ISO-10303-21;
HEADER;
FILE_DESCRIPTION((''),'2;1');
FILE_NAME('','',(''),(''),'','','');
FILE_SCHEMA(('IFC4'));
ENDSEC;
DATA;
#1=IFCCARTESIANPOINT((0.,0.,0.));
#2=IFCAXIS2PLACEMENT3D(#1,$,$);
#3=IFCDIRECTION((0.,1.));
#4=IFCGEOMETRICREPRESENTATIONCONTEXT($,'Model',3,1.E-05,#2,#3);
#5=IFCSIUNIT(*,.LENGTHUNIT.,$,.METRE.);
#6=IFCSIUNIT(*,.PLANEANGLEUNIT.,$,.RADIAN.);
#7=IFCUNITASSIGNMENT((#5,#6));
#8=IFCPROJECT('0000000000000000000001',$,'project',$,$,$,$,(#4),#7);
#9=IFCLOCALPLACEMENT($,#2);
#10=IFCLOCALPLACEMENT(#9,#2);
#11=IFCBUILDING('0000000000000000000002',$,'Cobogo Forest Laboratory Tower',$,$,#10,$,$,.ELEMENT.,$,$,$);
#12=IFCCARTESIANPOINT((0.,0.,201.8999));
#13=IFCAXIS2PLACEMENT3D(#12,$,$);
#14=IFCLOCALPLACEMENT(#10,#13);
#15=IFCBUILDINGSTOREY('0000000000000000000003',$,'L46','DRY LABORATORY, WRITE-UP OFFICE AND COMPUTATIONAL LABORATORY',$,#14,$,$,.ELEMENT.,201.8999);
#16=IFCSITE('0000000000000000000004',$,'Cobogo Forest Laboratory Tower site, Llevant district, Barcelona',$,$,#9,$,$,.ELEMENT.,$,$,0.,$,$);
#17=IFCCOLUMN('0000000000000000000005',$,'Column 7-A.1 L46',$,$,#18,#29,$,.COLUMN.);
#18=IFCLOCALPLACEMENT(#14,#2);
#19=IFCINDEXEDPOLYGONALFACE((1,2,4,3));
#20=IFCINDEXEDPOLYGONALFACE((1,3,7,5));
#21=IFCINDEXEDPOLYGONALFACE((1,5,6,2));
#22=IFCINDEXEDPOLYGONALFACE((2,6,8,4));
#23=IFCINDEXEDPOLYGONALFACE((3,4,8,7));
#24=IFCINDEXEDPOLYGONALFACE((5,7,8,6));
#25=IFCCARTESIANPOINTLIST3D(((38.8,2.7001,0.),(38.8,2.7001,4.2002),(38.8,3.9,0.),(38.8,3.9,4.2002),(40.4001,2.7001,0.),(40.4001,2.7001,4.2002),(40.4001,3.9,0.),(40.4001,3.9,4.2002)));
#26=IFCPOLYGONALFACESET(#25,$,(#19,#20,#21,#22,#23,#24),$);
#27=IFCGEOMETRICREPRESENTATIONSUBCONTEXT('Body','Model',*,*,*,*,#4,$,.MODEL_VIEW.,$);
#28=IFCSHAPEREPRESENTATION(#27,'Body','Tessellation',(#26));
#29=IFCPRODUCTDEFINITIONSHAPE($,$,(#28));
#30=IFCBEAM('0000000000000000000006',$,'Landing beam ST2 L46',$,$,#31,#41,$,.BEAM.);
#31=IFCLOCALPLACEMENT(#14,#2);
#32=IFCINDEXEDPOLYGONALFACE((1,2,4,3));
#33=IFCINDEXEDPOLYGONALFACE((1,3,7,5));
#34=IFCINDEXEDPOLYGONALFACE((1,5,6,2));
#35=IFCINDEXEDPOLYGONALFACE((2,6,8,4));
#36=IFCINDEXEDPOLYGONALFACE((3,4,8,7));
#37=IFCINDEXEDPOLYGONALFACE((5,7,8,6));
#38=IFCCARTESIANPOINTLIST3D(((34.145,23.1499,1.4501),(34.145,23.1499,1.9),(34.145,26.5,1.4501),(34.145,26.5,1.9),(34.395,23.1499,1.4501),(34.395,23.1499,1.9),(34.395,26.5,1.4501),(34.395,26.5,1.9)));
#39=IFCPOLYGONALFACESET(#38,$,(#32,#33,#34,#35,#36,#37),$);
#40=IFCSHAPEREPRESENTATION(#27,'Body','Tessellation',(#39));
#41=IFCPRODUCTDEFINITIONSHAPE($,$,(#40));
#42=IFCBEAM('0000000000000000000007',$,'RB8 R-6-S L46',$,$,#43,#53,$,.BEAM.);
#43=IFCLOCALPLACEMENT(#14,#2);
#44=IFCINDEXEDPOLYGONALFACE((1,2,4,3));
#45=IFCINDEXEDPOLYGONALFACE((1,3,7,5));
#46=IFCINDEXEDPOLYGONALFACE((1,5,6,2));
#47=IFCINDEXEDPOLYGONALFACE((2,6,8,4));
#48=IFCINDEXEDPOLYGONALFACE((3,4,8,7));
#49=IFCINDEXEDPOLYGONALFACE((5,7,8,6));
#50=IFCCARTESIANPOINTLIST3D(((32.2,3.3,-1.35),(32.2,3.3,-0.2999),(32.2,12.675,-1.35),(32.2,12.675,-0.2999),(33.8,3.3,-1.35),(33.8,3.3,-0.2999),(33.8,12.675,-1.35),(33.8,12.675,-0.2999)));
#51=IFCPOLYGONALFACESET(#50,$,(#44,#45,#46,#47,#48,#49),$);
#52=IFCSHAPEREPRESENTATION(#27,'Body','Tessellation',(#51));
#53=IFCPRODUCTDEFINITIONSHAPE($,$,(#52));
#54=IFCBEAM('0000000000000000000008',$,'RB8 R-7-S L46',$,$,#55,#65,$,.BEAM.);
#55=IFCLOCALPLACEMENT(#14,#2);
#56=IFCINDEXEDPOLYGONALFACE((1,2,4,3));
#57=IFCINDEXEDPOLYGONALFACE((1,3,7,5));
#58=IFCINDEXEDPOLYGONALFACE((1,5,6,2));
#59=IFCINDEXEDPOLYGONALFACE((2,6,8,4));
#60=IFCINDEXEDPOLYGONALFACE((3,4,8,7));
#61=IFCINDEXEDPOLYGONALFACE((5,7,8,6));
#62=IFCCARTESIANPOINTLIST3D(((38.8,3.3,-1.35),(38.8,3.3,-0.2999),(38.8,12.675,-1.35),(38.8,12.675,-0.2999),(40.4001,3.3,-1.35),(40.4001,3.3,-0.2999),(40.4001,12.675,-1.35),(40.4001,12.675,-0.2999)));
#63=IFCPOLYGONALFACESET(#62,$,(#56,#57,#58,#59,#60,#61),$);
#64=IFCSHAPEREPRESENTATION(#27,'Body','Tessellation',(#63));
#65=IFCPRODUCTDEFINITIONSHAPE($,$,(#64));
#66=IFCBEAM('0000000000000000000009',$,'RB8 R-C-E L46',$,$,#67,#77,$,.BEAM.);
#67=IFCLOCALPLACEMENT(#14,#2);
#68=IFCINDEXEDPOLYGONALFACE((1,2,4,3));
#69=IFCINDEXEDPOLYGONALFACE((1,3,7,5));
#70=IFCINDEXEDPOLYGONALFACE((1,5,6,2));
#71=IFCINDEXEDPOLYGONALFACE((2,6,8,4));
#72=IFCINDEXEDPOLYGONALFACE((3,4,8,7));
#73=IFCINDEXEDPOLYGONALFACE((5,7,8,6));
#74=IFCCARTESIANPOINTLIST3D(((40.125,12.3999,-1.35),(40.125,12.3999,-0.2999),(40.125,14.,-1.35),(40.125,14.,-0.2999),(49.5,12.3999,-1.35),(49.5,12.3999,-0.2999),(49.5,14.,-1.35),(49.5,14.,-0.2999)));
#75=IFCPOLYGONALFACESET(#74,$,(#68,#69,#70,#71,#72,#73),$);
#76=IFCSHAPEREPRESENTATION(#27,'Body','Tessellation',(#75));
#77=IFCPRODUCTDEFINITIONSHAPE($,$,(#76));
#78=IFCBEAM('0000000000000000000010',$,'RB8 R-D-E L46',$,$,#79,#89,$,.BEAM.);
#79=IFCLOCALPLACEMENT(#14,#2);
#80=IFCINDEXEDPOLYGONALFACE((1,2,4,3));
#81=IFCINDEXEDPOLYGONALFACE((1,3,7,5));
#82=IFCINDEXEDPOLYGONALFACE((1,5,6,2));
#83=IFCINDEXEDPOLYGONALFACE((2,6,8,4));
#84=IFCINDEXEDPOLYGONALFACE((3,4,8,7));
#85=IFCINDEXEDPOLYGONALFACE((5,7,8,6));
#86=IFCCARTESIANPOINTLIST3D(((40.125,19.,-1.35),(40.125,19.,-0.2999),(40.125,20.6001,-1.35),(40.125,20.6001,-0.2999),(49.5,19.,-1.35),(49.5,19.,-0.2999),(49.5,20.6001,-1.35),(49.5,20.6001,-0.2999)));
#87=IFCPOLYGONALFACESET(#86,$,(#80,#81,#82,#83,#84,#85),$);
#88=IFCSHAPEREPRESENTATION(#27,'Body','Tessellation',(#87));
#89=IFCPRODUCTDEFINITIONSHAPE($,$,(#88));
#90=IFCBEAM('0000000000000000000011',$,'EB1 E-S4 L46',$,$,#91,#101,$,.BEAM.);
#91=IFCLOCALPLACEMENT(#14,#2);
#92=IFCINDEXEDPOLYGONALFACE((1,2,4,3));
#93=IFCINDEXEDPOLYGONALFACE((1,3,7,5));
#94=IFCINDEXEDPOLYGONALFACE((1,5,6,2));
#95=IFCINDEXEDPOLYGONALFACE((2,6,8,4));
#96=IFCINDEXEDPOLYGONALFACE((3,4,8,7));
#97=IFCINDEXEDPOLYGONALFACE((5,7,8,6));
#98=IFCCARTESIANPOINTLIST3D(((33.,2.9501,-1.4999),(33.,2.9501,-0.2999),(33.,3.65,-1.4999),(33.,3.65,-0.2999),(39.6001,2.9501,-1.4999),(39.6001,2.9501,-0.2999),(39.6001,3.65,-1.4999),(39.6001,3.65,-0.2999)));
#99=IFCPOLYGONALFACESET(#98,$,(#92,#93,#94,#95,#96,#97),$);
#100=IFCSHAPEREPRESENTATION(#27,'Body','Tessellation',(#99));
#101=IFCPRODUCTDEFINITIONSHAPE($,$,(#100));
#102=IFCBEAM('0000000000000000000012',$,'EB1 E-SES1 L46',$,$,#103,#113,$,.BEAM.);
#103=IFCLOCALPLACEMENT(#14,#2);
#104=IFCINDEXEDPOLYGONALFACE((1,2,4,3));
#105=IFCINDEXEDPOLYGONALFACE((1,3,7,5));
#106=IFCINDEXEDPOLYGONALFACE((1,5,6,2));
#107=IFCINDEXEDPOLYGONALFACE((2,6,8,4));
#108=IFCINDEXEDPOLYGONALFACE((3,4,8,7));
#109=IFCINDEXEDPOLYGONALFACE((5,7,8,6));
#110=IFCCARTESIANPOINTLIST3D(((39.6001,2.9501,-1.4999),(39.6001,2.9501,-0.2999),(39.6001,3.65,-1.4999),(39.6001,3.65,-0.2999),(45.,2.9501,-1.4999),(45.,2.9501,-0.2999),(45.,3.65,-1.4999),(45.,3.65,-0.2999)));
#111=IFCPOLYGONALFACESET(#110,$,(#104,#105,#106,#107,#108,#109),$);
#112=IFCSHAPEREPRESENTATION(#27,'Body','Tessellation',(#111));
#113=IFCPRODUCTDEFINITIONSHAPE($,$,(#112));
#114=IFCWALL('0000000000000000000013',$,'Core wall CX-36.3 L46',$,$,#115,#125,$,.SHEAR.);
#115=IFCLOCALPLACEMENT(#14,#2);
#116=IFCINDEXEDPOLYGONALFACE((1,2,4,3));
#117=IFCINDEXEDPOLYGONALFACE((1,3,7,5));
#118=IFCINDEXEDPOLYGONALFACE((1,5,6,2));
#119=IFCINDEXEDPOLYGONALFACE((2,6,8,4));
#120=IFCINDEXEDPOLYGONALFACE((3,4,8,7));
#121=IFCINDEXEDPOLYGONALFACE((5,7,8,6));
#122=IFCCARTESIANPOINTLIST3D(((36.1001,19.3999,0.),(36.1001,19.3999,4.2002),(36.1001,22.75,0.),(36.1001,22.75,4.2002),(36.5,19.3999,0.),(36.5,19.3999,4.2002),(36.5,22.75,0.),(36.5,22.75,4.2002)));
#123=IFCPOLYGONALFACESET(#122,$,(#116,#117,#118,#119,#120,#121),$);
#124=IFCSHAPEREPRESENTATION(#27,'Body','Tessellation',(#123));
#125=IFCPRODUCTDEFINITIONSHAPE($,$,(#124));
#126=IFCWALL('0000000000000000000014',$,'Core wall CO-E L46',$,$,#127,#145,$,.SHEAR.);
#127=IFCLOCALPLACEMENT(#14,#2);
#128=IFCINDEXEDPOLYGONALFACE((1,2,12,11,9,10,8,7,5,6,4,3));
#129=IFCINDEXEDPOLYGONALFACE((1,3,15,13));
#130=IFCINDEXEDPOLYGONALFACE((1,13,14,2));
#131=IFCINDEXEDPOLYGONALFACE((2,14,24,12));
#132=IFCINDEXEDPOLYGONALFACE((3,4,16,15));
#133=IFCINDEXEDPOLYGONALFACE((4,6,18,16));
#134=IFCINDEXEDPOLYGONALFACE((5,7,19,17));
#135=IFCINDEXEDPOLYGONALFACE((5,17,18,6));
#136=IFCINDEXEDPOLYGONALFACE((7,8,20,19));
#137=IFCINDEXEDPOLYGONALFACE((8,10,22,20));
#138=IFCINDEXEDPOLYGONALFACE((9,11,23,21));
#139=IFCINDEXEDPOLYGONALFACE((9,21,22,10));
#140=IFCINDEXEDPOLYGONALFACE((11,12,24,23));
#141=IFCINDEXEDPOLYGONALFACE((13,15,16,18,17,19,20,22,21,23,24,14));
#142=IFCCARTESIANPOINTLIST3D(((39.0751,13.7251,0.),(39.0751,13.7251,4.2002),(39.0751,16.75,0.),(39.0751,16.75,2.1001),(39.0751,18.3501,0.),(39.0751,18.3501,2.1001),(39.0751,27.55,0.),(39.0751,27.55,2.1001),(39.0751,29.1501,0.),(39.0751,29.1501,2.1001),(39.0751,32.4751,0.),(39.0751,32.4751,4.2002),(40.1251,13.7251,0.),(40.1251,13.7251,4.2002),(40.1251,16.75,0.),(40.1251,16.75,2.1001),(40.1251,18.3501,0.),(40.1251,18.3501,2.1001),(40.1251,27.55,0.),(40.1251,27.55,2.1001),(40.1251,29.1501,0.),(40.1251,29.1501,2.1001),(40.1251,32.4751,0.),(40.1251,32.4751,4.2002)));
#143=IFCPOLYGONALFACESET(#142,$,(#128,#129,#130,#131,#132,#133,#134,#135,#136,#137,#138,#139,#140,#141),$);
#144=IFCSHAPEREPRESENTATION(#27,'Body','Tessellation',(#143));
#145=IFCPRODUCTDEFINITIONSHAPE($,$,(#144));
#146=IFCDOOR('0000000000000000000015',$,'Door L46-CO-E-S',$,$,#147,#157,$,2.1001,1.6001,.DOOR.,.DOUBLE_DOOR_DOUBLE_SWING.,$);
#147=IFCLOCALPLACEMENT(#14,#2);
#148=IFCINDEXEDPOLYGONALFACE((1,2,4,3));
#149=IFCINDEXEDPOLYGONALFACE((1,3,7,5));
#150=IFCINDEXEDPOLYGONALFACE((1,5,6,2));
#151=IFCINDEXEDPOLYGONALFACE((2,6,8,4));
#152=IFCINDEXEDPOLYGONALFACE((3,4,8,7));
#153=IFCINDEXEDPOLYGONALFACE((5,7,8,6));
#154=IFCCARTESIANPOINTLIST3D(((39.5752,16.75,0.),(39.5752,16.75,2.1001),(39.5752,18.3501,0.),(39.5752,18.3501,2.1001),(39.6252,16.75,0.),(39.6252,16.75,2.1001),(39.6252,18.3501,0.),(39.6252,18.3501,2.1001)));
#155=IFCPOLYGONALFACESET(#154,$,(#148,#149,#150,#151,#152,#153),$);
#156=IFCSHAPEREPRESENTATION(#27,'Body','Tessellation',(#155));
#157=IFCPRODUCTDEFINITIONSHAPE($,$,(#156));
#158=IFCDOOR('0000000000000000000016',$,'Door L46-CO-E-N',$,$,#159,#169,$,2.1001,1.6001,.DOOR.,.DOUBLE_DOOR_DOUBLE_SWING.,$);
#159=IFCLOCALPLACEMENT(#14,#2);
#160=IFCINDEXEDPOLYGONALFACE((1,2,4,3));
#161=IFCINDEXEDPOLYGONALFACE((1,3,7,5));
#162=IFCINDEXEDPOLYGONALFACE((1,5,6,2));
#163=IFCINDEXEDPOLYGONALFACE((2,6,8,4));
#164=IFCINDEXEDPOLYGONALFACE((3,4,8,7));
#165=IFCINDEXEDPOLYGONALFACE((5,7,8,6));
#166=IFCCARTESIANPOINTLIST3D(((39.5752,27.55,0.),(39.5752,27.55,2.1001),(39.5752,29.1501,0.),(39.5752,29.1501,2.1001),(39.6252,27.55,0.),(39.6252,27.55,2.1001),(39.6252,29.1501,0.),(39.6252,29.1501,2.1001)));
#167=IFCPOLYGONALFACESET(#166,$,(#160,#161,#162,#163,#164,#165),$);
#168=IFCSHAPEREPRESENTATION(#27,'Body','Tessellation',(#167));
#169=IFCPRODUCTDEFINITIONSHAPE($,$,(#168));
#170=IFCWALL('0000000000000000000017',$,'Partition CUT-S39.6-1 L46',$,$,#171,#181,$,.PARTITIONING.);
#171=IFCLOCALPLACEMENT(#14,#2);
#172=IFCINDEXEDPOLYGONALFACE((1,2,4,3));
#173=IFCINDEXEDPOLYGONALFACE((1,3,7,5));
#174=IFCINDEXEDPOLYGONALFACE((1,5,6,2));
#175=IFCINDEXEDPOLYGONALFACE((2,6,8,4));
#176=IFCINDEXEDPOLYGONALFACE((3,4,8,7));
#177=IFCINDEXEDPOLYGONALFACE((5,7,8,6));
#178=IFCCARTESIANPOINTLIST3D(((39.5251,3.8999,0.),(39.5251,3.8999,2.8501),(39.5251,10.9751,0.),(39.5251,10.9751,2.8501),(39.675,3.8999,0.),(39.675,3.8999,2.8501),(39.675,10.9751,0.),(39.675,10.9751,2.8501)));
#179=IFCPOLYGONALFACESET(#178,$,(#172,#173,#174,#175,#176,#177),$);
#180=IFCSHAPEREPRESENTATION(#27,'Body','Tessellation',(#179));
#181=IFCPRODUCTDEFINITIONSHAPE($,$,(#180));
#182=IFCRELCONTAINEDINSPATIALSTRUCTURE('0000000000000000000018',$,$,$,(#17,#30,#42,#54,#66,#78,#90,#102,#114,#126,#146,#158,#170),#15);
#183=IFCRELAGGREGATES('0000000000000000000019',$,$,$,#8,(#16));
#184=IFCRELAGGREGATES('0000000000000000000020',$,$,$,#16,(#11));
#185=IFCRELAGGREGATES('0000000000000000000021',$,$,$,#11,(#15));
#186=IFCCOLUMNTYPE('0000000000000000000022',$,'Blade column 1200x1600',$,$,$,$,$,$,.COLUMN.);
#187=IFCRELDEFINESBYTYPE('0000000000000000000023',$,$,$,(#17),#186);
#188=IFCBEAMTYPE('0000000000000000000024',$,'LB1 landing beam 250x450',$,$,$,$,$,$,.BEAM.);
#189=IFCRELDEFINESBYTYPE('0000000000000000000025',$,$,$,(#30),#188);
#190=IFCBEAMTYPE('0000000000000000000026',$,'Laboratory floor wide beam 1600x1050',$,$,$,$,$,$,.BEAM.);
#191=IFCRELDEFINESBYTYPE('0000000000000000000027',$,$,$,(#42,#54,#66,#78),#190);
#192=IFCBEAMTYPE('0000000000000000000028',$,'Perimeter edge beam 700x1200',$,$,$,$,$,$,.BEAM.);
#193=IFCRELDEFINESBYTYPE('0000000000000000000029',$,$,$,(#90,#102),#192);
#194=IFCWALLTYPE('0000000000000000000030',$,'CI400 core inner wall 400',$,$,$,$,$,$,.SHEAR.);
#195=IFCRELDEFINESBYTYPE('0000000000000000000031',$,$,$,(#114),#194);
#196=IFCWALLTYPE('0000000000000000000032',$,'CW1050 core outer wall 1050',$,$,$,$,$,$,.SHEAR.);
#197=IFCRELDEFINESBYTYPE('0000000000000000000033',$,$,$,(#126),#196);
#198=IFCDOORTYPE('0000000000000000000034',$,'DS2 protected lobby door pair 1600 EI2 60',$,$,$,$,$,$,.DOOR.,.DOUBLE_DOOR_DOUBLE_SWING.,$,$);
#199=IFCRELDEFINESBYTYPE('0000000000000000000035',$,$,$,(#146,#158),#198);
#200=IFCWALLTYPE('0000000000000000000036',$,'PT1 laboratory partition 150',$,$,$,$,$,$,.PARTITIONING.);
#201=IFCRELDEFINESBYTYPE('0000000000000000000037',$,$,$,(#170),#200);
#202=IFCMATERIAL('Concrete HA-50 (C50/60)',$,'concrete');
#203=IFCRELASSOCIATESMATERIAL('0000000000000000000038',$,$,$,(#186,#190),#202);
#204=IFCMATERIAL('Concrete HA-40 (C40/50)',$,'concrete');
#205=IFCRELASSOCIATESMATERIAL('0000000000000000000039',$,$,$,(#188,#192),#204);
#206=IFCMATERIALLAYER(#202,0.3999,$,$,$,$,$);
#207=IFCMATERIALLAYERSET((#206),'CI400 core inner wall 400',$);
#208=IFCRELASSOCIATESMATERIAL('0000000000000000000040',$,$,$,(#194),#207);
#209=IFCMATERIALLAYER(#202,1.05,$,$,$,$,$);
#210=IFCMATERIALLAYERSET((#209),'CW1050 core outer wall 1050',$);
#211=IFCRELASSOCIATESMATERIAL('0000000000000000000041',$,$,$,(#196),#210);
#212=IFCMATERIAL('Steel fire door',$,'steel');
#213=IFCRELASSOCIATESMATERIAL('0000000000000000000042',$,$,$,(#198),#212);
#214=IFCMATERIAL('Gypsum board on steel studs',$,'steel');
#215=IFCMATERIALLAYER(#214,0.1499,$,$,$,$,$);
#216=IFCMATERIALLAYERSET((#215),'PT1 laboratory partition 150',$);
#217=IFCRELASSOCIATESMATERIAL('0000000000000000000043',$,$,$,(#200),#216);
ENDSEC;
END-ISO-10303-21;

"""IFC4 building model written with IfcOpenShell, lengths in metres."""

from ifc_helpers import new_model, si_unit, direction, frame, frame_2d, origin, origin_2d, place, context, subcontext, project, spatial, rectangle, extrude, material, layer, layer_set, material_profile, profile_set, type_object, element, fill, save


model = new_model("IFC4")

# Units and contexts
model_context = context("Model", 3, precision=1e-05, world=origin(), true_north=direction((0.0, 1.0)))
body_context = subcontext(model_context, "Body", "Model", "MODEL_VIEW")
ifc_project = project(units=[si_unit("LENGTHUNIT", "METRE"), si_unit("PLANEANGLEUNIT", "RADIAN")], contexts=[model_context])

# Site, building, storey
site_placement = place(None, origin())
site = spatial("IfcSite", under=ifc_project, at=site_placement, Name="Cobogo Forest Laboratory Tower site, Llevant district, Barcelona", CompositionType="ELEMENT", RefElevation=0.0)
building_placement = place(site_placement, origin())
building = spatial("IfcBuilding", under=site, at=building_placement, Name="Cobogo Forest Laboratory Tower", CompositionType="ELEMENT")
storey_placement = place(building_placement, frame((0.0, 0.0, 201.8999)))
storey = spatial("IfcBuildingStorey", under=building, at=storey_placement, Name="L46", Description="DRY LABORATORY, WRITE-UP OFFICE AND COMPUTATIONAL LABORATORY", CompositionType="ELEMENT", Elevation=201.8999)

# Column
ifc_material_1 = material(Name="Concrete HA-50 (C50/60)", Category="concrete")
ifc_material_profile_1 = material_profile(ifc_material_1, rectangle(XDim=1.6001, YDim=1.2, at=origin_2d()), Name="RC 1200x1600")
ifc_profile_set_1 = profile_set([ifc_material_profile_1], Name="Concrete HA-50 (C50/60)")
column_type = type_object("IfcColumnType", Name="Blade column 1200x1600", PredefinedType="COLUMN", material=ifc_profile_set_1)
column_placement = place(storey_placement, frame((39.6001, 3.3, 0.0), z_axis=(0.0, 0.0, 1.0), x_axis=(1.0, 0.0, 0.0)))
element("IfcColumn", 1, at=column_placement, inside=storey, type_object=column_type, Name="Column 7-A.1 L46", PredefinedType="COLUMN", context=body_context, shape_type="SweptSolid", body=[
    extrude(rectangle(XDim=1.6001, YDim=1.2, at=origin_2d()), origin(), (0.0, 0.0, 1.0), 4.2002),
])

# Beams
ifc_material_2 = material(Name="Concrete HA-40 (C40/50)", Category="concrete")
ifc_material_profile_2 = material_profile(ifc_material_2, rectangle(XDim=0.25, YDim=0.45, at=origin_2d()), Name="RC 250x450")
ifc_profile_set_2 = profile_set([ifc_material_profile_2], Name="Concrete HA-40 (C40/50)")
beam_type_1 = type_object("IfcBeamType", Name="LB1 landing beam 250x450", PredefinedType="BEAM", material=ifc_profile_set_2)
beam_1_placement = place(storey_placement, frame((34.27, 23.1499, 1.675), z_axis=(0.0, 1.0, 0.0), x_axis=(-1.0, 0.0, 0.0)))
element("IfcBeam", 2, at=beam_1_placement, inside=storey, type_object=beam_type_1, Name="Landing beam ST2 L46", PredefinedType="BEAM", context=body_context, shape_type="SweptSolid", body=[
    extrude(rectangle(XDim=0.25, YDim=0.45, at=origin_2d()), origin(), (0.0, 0.0, 1.0), 3.3501),
])
ifc_material_profile_3 = material_profile(ifc_material_1, rectangle(XDim=1.6001, YDim=1.05, at=origin_2d()), Name="RC 1600x1050")
ifc_profile_set_3 = profile_set([ifc_material_profile_3], Name="Concrete HA-50 (C50/60)")
beam_type_2 = type_object("IfcBeamType", Name="Laboratory floor wide beam 1600x1050", PredefinedType="BEAM", material=ifc_profile_set_3)
for number, where, z_axis, x_axis, name in (
    (3, (33.0, 12.675, -0.825), (0.0, -1.0, 0.0), (1.0, 0.0, 0.0), "RB8 R-6-S L46"),
    (4, (39.6001, 12.675, -0.825), (0.0, -1.0, 0.0), (1.0, 0.0, 0.0), "RB8 R-7-S L46"),
    (5, (40.125, 13.2, -0.825), (1.0, 0.0, 0.0), (0.0, 1.0, 0.0), "RB8 R-C-E L46"),
    (6, (40.125, 19.8, -0.825), (1.0, 0.0, 0.0), (0.0, 1.0, 0.0), "RB8 R-D-E L46"),
):
    element("IfcBeam", number, at=place(storey_placement, frame(where, z_axis=z_axis, x_axis=x_axis)), inside=storey, type_object=beam_type_2, Name=name, PredefinedType="BEAM", context=body_context, shape_type="SweptSolid", body=[
        extrude(rectangle(XDim=1.6001, YDim=1.05, at=origin_2d()), origin(), (0.0, 0.0, 1.0), 9.375),
    ])
ifc_material_profile_4 = material_profile(ifc_material_2, rectangle(XDim=0.7, YDim=1.2, at=origin_2d()), Name="RC 700x1200")
ifc_profile_set_4 = profile_set([ifc_material_profile_4], Name="Concrete HA-40 (C40/50)")
beam_type_3 = type_object("IfcBeamType", Name="Perimeter edge beam 700x1200", PredefinedType="BEAM", material=ifc_profile_set_4)
beam_2_placement = place(storey_placement, frame((33.0, 3.3, -0.8999), z_axis=(1.0, 0.0, 0.0), x_axis=(0.0, 1.0, 0.0)))
element("IfcBeam", 7, at=beam_2_placement, inside=storey, type_object=beam_type_3, Name="EB1 E-S4 L46", PredefinedType="BEAM", context=body_context, shape_type="SweptSolid", body=[
    extrude(rectangle(XDim=0.7, YDim=1.2, at=origin_2d()), origin(), (0.0, 0.0, 1.0), 6.6001),
])
beam_3_placement = place(storey_placement, frame((39.6001, 3.3, -0.8999), z_axis=(1.0, 0.0, 0.0), x_axis=(0.0, 1.0, 0.0)))
element("IfcBeam", 8, at=beam_3_placement, inside=storey, type_object=beam_type_3, Name="EB1 E-SES1 L46", PredefinedType="BEAM", context=body_context, shape_type="SweptSolid", body=[
    extrude(rectangle(XDim=0.7, YDim=1.2, at=origin_2d()), origin(), (0.0, 0.0, 1.0), 5.3999),
])

# Wall
ifc_layer_1 = layer(ifc_material_1, 0.3999)
ifc_layer_set_1 = layer_set([ifc_layer_1], Name="CI400 core inner wall 400")
wall_type_1 = type_object("IfcWallType", Name="CI400 core inner wall 400", PredefinedType="SHEAR", material=ifc_layer_set_1)
wall_1_placement = place(storey_placement, frame((36.3, 19.3999, 0.0), z_axis=(0.0, 0.0, 1.0), x_axis=(0.0, 1.0, 0.0)))
element("IfcWall", 9, at=wall_1_placement, inside=storey, type_object=wall_type_1, Name="Core wall CX-36.3 L46", PredefinedType="SHEAR", context=body_context, shape_type="SweptSolid", body=[
    extrude(rectangle(XDim=3.3501, YDim=0.3999, at=frame_2d((1.675, 0.0))), origin(), (0.0, 0.0, 1.0), 4.2002),
])

# Wall, openings, doors
ifc_layer_2 = layer(ifc_material_1, 1.05)
ifc_layer_set_2 = layer_set([ifc_layer_2], Name="CW1050 core outer wall 1050")
wall_type_2 = type_object("IfcWallType", Name="CW1050 core outer wall 1050", PredefinedType="SHEAR", material=ifc_layer_set_2)
wall_2_placement = place(storey_placement, frame((39.6001, 13.7251, 0.0), z_axis=(0.0, 0.0, 1.0), x_axis=(0.0, 1.0, 0.0)))
wall_2 = element("IfcWall", 10, at=wall_2_placement, inside=storey, type_object=wall_type_2, Name="Core wall CO-E L46", PredefinedType="SHEAR", context=body_context, shape_type="SweptSolid", body=[
    extrude(rectangle(XDim=18.75, YDim=1.05, at=frame_2d((9.375, 0.0))), origin(), (0.0, 0.0, 1.0), 4.2002),
])
opening_1_placement = place(wall_2_placement, frame((3.0249, 0.0, 0.0)))
opening_1 = element("IfcOpeningElement", 11, at=opening_1_placement, cuts=wall_2, PredefinedType="OPENING", context=body_context, shape_type="SweptSolid", body=[
    extrude(rectangle(XDim=1.6001, YDim=2.1001, at=frame_2d((0.8, 1.05))), frame((0.0, 0.5349, 0.0), z_axis=(0.0, -1.0, 0.0), x_axis=(1.0, 0.0, 0.0)), (0.0, 0.0, 1.0), 1.0701),
])
opening_2_placement = place(wall_2_placement, frame((13.825, 0.0, 0.0)))
opening_2 = element("IfcOpeningElement", 12, at=opening_2_placement, cuts=wall_2, PredefinedType="OPENING", context=body_context, shape_type="SweptSolid", body=[
    extrude(rectangle(XDim=1.6001, YDim=2.1001, at=frame_2d((0.8, 1.05))), frame((0.0, 0.5349, 0.0), z_axis=(0.0, -1.0, 0.0), x_axis=(1.0, 0.0, 0.0)), (0.0, 0.0, 1.0), 1.0701),
])
ifc_material_3 = material(Name="Steel fire door", Category="steel")
door_type_1 = type_object("IfcDoorType", Name="DS2 protected lobby door pair 1600 EI2 60", OperationType="DOUBLE_DOOR_DOUBLE_SWING", PredefinedType="DOOR", material=ifc_material_3)
door_1_placement = place(opening_1_placement, origin())
door_1 = element("IfcDoor", 13, at=door_1_placement, inside=storey, type_object=door_type_1, Name="Door L46-CO-E-S", OperationType="DOUBLE_DOOR_DOUBLE_SWING", OverallHeight=2.1001, OverallWidth=1.6001, PredefinedType="DOOR", context=body_context, shape_type="SweptSolid", body=[
    extrude(rectangle(XDim=1.6001, YDim=2.1001, at=frame_2d((0.8, 1.05))), frame((0.0, 0.0249, 0.0), z_axis=(0.0, -1.0, 0.0), x_axis=(1.0, 0.0, 0.0)), (0.0, 0.0, 1.0), 0.05),
])
fill(opening_1, door_1)
door_2_placement = place(opening_2_placement, origin())
door_2 = element("IfcDoor", 14, at=door_2_placement, inside=storey, type_object=door_type_1, Name="Door L46-CO-E-N", OperationType="DOUBLE_DOOR_DOUBLE_SWING", OverallHeight=2.1001, OverallWidth=1.6001, PredefinedType="DOOR", context=body_context, shape_type="SweptSolid", body=[
    extrude(rectangle(XDim=1.6001, YDim=2.1001, at=frame_2d((0.8, 1.05))), frame((0.0, 0.0249, 0.0), z_axis=(0.0, -1.0, 0.0), x_axis=(1.0, 0.0, 0.0)), (0.0, 0.0, 1.0), 0.05),
])
fill(opening_2, door_2)

# Wall
ifc_material_4 = material(Name="Gypsum board on steel studs", Category="steel")
ifc_layer_3 = layer(ifc_material_4, 0.1499)
ifc_layer_set_3 = layer_set([ifc_layer_3], Name="PT1 laboratory partition 150")
wall_type_3 = type_object("IfcWallType", Name="PT1 laboratory partition 150", PredefinedType="PARTITIONING", material=ifc_layer_set_3)
wall_3_placement = place(storey_placement, frame((39.6001, 3.8999, 0.0), z_axis=(0.0, 0.0, 1.0), x_axis=(0.0, 1.0, 0.0)))
element("IfcWall", 15, at=wall_3_placement, inside=storey, type_object=wall_type_3, Name="Partition CUT-S39.6-1 L46", PredefinedType="PARTITIONING", context=body_context, shape_type="SweptSolid", body=[
    extrude(rectangle(XDim=7.0752, YDim=0.1499, at=frame_2d((3.5376, 0.0))), origin(), (0.0, 0.0, 1.0), 2.8501),
])

save(model, "model.ifc")
